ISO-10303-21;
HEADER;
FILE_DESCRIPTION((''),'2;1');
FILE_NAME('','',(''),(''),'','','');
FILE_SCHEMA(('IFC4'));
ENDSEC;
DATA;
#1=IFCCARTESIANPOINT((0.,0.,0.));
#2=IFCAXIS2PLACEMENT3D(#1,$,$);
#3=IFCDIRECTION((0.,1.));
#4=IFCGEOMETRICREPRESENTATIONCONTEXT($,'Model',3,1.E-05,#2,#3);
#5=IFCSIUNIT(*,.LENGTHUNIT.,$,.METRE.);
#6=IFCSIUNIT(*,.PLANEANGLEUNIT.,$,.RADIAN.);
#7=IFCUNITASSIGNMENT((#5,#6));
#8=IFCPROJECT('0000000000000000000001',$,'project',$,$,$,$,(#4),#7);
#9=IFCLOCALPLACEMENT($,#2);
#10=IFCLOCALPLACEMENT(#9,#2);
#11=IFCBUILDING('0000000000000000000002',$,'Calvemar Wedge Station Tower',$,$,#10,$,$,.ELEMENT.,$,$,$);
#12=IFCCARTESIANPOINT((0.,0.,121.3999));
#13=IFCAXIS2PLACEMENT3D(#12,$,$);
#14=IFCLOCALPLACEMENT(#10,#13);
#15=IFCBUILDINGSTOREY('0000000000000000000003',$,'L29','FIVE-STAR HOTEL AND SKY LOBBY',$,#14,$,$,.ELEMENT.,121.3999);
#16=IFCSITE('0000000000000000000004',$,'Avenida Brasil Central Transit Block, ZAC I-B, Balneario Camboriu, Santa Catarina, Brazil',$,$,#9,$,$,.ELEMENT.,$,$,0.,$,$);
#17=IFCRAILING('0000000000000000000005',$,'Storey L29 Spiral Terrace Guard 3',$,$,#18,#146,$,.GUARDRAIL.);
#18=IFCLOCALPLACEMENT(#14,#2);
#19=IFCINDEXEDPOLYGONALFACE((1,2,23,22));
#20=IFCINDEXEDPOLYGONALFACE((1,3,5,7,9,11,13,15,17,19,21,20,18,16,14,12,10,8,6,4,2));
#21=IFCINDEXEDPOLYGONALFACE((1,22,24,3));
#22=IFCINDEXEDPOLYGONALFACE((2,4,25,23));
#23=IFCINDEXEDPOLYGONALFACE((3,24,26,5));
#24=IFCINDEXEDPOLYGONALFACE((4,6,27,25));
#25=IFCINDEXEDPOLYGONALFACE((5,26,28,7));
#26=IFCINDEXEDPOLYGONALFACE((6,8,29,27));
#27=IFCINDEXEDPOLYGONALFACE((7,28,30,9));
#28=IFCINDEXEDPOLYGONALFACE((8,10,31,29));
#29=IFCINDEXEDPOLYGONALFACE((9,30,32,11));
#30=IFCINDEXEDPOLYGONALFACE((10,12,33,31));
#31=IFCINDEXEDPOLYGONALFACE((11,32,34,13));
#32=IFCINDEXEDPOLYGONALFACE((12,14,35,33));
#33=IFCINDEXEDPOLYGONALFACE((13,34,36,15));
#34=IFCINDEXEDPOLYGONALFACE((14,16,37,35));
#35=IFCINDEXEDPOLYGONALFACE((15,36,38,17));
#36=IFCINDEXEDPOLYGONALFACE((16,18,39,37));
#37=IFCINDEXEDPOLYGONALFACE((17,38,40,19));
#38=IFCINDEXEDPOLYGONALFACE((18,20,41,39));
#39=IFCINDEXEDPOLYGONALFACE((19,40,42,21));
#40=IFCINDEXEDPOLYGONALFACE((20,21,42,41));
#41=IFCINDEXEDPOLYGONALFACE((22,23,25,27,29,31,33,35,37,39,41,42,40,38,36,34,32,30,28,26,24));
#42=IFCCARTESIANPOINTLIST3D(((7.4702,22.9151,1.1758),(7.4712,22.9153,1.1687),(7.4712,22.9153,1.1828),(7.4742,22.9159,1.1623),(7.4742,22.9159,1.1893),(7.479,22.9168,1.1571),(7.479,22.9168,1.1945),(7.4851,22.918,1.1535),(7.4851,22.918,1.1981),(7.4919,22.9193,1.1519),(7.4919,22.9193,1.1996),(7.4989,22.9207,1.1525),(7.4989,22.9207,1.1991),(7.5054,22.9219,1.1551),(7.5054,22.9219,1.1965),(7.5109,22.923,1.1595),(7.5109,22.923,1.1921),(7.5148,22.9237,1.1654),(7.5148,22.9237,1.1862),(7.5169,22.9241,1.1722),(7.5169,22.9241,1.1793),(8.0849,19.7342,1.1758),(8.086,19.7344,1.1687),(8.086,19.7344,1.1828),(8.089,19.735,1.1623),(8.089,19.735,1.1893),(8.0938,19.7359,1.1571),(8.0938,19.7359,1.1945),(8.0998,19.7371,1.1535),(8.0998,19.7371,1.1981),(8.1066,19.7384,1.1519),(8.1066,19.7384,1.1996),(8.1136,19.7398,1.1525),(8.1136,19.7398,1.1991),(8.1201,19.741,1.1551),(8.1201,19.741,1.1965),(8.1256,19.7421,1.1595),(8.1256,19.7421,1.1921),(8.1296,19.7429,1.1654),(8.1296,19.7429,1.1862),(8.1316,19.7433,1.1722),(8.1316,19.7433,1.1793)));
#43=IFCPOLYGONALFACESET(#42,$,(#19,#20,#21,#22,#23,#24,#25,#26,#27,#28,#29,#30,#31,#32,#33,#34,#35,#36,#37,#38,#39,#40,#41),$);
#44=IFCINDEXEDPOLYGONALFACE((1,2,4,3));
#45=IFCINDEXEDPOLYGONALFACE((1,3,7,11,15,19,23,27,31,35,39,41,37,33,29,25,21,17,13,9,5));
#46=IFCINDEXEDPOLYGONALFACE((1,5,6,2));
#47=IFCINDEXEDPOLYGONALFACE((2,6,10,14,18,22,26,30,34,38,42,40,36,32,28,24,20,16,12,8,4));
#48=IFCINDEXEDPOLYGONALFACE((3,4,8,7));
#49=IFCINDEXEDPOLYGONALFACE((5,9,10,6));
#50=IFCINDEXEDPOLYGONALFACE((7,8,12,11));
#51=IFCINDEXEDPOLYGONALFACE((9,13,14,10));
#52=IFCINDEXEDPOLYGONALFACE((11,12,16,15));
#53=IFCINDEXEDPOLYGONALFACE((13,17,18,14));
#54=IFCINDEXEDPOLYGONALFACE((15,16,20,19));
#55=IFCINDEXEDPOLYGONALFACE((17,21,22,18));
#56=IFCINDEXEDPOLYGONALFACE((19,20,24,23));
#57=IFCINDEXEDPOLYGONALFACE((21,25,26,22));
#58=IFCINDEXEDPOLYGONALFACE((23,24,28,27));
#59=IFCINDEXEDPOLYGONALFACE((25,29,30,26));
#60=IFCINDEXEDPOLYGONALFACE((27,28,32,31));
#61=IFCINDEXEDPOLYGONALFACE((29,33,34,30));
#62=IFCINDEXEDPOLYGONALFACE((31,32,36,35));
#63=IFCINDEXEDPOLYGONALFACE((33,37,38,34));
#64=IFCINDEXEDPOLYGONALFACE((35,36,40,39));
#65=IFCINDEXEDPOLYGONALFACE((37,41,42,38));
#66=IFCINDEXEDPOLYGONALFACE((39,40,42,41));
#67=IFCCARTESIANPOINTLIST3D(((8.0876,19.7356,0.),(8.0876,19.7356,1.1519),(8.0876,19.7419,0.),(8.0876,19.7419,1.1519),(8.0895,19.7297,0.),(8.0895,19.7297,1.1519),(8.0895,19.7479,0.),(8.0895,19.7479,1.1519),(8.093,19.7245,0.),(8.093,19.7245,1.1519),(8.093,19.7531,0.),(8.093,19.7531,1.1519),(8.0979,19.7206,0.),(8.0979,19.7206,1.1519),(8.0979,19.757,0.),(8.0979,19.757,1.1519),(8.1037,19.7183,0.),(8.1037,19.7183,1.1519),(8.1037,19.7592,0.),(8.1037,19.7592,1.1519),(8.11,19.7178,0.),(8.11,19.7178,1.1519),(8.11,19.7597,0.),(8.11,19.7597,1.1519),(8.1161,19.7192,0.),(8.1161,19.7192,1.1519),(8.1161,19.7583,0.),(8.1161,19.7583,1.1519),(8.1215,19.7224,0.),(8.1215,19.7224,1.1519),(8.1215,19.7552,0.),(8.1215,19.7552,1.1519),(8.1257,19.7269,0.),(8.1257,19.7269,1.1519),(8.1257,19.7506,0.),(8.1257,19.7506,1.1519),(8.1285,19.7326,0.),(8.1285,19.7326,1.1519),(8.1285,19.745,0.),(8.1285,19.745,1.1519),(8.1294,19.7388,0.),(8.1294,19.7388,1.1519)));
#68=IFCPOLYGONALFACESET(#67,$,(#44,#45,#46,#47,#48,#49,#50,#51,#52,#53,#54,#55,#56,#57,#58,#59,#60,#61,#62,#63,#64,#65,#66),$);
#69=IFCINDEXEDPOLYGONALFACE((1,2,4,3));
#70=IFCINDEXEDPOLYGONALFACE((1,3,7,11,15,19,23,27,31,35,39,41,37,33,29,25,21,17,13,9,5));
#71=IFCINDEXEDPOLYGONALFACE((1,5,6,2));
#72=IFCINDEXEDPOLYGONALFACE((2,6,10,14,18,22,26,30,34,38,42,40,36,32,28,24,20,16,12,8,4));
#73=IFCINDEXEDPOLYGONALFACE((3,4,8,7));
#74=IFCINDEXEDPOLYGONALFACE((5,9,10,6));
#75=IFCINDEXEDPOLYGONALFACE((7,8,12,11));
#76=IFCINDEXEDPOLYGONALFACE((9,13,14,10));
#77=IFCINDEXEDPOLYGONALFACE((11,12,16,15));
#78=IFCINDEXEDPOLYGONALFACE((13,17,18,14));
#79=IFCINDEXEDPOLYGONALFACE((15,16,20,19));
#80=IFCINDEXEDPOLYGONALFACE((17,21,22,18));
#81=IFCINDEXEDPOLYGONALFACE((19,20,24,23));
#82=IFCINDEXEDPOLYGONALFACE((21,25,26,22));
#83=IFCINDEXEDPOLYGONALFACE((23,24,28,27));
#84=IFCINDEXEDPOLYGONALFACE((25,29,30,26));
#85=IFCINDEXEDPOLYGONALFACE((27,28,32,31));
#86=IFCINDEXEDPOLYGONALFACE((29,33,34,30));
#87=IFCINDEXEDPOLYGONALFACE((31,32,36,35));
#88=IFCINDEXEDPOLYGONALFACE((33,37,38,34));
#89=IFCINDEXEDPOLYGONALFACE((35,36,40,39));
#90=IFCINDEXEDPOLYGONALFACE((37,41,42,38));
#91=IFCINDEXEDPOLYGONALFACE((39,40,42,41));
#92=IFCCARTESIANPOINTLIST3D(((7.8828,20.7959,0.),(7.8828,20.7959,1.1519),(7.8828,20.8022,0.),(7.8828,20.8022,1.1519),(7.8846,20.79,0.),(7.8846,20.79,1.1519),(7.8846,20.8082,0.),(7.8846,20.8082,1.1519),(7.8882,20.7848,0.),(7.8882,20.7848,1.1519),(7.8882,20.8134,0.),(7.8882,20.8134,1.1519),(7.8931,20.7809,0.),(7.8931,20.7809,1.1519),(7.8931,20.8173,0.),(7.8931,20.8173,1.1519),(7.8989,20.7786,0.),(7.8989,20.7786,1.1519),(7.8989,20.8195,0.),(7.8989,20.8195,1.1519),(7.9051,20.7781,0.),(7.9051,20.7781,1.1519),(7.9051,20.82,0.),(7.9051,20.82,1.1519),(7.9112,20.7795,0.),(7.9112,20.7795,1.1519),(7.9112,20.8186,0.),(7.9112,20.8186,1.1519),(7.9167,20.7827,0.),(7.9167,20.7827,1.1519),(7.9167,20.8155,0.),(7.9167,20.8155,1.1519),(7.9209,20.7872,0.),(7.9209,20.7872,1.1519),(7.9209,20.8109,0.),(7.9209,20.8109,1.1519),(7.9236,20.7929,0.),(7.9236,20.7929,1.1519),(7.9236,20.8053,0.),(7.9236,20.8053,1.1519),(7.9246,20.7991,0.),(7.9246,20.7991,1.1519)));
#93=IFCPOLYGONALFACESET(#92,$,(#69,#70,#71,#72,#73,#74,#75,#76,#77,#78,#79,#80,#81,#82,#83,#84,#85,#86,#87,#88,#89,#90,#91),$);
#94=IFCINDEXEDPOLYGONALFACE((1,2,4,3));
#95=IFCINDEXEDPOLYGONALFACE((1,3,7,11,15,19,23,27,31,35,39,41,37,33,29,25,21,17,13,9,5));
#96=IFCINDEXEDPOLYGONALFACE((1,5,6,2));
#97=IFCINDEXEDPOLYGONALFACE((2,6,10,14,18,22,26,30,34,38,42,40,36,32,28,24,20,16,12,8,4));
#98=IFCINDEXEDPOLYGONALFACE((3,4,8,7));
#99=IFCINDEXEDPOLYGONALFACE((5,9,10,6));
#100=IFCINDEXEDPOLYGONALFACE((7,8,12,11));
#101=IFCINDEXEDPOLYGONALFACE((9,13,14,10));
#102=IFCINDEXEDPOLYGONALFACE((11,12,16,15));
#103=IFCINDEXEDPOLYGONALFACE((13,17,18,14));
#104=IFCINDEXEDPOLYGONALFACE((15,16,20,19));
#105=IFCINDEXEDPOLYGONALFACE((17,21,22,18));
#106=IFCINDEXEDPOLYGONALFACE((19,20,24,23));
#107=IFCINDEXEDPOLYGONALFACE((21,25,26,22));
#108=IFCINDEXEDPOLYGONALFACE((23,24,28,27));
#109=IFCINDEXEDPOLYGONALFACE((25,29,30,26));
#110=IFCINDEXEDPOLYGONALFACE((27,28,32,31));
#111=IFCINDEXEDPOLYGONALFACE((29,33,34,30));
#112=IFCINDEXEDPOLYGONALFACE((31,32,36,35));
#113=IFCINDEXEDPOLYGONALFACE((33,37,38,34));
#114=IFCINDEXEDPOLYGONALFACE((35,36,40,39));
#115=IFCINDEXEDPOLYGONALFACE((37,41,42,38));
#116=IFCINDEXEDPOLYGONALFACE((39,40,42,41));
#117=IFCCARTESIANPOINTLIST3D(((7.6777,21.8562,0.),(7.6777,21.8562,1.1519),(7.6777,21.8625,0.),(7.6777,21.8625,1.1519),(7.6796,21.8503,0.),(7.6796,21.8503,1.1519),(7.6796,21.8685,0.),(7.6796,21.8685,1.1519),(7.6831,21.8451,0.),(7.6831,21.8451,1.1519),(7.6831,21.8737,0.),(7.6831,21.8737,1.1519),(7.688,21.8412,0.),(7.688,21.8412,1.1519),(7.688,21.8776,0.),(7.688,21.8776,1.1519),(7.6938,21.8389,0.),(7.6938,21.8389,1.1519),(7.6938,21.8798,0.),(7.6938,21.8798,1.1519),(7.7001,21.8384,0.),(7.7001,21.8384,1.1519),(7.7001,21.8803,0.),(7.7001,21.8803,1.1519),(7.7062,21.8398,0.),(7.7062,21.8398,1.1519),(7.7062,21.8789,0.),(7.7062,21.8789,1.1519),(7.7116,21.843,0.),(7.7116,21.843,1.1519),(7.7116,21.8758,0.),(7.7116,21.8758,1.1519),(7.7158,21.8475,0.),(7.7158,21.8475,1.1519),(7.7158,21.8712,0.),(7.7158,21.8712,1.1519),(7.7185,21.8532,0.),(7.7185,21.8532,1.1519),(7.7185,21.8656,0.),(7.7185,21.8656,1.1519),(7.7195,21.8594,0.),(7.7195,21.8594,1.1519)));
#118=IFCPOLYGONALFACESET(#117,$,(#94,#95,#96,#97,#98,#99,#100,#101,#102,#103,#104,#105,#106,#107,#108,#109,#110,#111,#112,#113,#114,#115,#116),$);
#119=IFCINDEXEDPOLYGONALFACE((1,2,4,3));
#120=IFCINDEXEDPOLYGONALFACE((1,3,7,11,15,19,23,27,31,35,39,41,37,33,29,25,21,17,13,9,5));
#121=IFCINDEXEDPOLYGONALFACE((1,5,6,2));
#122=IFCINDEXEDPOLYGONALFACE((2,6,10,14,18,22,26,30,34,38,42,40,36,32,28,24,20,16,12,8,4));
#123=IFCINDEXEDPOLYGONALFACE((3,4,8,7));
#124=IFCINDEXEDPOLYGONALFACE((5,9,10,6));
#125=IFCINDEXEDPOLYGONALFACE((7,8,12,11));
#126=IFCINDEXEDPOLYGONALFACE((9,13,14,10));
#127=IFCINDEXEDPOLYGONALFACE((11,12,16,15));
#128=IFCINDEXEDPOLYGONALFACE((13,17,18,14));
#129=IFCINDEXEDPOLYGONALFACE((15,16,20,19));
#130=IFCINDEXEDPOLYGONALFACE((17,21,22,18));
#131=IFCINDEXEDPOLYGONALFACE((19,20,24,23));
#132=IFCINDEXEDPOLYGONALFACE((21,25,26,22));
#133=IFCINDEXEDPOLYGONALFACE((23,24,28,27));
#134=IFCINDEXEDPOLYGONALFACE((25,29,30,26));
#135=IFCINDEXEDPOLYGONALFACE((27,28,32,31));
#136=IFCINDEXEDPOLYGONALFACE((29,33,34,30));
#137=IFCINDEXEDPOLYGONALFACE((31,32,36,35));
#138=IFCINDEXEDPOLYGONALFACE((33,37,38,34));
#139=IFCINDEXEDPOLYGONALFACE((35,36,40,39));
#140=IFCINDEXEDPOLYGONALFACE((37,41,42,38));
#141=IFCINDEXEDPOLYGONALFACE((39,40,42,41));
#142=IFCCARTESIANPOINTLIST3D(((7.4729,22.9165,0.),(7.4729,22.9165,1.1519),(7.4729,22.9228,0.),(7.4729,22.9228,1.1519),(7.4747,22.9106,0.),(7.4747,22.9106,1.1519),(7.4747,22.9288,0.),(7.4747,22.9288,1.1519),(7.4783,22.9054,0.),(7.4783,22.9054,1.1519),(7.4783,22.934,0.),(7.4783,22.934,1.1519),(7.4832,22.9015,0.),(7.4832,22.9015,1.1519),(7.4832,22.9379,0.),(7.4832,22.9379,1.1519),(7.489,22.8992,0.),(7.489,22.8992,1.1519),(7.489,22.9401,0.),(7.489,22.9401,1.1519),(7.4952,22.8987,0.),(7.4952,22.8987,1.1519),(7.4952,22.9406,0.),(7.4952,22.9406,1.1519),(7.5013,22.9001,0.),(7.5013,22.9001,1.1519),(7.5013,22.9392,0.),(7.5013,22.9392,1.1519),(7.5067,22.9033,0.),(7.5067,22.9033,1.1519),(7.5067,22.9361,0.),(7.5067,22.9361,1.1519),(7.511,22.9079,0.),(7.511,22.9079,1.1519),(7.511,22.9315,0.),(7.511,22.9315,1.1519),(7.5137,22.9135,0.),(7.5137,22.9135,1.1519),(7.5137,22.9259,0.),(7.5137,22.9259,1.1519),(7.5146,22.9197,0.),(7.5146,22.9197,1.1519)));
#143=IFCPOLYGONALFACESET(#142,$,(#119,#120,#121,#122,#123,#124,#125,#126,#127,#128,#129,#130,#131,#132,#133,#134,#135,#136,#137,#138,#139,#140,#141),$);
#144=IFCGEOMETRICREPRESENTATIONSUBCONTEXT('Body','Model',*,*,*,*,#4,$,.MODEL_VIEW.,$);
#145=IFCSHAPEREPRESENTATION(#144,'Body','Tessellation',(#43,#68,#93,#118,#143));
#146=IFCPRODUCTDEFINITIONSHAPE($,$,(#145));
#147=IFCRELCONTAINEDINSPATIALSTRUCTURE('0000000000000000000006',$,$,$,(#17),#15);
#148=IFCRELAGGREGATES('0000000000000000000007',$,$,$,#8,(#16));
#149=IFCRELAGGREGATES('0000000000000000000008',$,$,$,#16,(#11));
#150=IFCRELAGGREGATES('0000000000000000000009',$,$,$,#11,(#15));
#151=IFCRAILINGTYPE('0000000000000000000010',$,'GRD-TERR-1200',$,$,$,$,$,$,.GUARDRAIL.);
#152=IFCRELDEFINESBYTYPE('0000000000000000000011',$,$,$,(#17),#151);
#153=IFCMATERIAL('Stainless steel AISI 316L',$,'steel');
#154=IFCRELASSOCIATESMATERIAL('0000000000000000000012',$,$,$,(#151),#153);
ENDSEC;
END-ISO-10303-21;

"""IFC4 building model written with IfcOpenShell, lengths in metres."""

from ifc_helpers import new_model, si_unit, direction, frame, origin, origin_2d, place, context, subcontext, project, spatial, circle, extrude, material, type_object, element, save


model = new_model("IFC4")

# Units and contexts
model_context = context("Model", 3, precision=1e-05, world=origin(), true_north=direction((0.0, 1.0)))
body_context = subcontext(model_context, "Body", "Model", "MODEL_VIEW")
ifc_project = project(units=[si_unit("LENGTHUNIT", "METRE"), si_unit("PLANEANGLEUNIT", "RADIAN")], contexts=[model_context])

# Site, building, storey
site_placement = place(None, origin())
site = spatial("IfcSite", under=ifc_project, at=site_placement, Name="Avenida Brasil Central Transit Block, ZAC I-B, Balneario Camboriu, Santa Catarina, Brazil", CompositionType="ELEMENT", RefElevation=0.0)
building_placement = place(site_placement, origin())
building = spatial("IfcBuilding", under=site, at=building_placement, Name="Calvemar Wedge Station Tower", CompositionType="ELEMENT")
storey_placement = place(building_placement, frame((0.0, 0.0, 121.3999)))
storey = spatial("IfcBuildingStorey", under=building, at=storey_placement, Name="L29", Description="FIVE-STAR HOTEL AND SKY LOBBY", CompositionType="ELEMENT", Elevation=121.3999)

# Railing
ifc_material_1 = material(Name="Stainless steel AISI 316L", Category="steel")
railing_type = type_object("IfcRailingType", Name="GRD-TERR-1200", PredefinedType="GUARDRAIL", material=ifc_material_1)
railing_1_placement = place(storey_placement, frame((8.1084, 19.7388, 0.0)))
element("IfcRailing", 1, at=railing_1_placement, inside=storey, type_object=railing_type, Name="Storey L29 Spiral Terrace Guard 3", PredefinedType="GUARDRAIL", context=body_context, shape_type="SweptSolid", body=[
    extrude(circle(Radius=0.0239, at=origin_2d()), frame((0.0, 0.0, 1.1758), z_axis=(-0.18975, 0.981832, 0.0), x_axis=(-0.981832, -0.18975, 0.0)), (0.0, 0.0, 1.0), 3.2397),
    extrude(circle(Radius=0.021, at=origin_2d()), origin(), (0.0, 0.0, 1.0), 1.1519),
    extrude(circle(Radius=0.021, at=origin_2d()), frame((-0.2048, 1.0603, 0.0)), (0.0, 0.0, 1.0), 1.1519),
    extrude(circle(Radius=0.021, at=origin_2d()), frame((-0.4099, 2.1206, 0.0)), (0.0, 0.0, 1.0), 1.1519),
    extrude(circle(Radius=0.021, at=origin_2d()), frame((-0.6147, 3.1809, 0.0)), (0.0, 0.0, 1.0), 1.1519),
])

save(model, "model.ifc")
